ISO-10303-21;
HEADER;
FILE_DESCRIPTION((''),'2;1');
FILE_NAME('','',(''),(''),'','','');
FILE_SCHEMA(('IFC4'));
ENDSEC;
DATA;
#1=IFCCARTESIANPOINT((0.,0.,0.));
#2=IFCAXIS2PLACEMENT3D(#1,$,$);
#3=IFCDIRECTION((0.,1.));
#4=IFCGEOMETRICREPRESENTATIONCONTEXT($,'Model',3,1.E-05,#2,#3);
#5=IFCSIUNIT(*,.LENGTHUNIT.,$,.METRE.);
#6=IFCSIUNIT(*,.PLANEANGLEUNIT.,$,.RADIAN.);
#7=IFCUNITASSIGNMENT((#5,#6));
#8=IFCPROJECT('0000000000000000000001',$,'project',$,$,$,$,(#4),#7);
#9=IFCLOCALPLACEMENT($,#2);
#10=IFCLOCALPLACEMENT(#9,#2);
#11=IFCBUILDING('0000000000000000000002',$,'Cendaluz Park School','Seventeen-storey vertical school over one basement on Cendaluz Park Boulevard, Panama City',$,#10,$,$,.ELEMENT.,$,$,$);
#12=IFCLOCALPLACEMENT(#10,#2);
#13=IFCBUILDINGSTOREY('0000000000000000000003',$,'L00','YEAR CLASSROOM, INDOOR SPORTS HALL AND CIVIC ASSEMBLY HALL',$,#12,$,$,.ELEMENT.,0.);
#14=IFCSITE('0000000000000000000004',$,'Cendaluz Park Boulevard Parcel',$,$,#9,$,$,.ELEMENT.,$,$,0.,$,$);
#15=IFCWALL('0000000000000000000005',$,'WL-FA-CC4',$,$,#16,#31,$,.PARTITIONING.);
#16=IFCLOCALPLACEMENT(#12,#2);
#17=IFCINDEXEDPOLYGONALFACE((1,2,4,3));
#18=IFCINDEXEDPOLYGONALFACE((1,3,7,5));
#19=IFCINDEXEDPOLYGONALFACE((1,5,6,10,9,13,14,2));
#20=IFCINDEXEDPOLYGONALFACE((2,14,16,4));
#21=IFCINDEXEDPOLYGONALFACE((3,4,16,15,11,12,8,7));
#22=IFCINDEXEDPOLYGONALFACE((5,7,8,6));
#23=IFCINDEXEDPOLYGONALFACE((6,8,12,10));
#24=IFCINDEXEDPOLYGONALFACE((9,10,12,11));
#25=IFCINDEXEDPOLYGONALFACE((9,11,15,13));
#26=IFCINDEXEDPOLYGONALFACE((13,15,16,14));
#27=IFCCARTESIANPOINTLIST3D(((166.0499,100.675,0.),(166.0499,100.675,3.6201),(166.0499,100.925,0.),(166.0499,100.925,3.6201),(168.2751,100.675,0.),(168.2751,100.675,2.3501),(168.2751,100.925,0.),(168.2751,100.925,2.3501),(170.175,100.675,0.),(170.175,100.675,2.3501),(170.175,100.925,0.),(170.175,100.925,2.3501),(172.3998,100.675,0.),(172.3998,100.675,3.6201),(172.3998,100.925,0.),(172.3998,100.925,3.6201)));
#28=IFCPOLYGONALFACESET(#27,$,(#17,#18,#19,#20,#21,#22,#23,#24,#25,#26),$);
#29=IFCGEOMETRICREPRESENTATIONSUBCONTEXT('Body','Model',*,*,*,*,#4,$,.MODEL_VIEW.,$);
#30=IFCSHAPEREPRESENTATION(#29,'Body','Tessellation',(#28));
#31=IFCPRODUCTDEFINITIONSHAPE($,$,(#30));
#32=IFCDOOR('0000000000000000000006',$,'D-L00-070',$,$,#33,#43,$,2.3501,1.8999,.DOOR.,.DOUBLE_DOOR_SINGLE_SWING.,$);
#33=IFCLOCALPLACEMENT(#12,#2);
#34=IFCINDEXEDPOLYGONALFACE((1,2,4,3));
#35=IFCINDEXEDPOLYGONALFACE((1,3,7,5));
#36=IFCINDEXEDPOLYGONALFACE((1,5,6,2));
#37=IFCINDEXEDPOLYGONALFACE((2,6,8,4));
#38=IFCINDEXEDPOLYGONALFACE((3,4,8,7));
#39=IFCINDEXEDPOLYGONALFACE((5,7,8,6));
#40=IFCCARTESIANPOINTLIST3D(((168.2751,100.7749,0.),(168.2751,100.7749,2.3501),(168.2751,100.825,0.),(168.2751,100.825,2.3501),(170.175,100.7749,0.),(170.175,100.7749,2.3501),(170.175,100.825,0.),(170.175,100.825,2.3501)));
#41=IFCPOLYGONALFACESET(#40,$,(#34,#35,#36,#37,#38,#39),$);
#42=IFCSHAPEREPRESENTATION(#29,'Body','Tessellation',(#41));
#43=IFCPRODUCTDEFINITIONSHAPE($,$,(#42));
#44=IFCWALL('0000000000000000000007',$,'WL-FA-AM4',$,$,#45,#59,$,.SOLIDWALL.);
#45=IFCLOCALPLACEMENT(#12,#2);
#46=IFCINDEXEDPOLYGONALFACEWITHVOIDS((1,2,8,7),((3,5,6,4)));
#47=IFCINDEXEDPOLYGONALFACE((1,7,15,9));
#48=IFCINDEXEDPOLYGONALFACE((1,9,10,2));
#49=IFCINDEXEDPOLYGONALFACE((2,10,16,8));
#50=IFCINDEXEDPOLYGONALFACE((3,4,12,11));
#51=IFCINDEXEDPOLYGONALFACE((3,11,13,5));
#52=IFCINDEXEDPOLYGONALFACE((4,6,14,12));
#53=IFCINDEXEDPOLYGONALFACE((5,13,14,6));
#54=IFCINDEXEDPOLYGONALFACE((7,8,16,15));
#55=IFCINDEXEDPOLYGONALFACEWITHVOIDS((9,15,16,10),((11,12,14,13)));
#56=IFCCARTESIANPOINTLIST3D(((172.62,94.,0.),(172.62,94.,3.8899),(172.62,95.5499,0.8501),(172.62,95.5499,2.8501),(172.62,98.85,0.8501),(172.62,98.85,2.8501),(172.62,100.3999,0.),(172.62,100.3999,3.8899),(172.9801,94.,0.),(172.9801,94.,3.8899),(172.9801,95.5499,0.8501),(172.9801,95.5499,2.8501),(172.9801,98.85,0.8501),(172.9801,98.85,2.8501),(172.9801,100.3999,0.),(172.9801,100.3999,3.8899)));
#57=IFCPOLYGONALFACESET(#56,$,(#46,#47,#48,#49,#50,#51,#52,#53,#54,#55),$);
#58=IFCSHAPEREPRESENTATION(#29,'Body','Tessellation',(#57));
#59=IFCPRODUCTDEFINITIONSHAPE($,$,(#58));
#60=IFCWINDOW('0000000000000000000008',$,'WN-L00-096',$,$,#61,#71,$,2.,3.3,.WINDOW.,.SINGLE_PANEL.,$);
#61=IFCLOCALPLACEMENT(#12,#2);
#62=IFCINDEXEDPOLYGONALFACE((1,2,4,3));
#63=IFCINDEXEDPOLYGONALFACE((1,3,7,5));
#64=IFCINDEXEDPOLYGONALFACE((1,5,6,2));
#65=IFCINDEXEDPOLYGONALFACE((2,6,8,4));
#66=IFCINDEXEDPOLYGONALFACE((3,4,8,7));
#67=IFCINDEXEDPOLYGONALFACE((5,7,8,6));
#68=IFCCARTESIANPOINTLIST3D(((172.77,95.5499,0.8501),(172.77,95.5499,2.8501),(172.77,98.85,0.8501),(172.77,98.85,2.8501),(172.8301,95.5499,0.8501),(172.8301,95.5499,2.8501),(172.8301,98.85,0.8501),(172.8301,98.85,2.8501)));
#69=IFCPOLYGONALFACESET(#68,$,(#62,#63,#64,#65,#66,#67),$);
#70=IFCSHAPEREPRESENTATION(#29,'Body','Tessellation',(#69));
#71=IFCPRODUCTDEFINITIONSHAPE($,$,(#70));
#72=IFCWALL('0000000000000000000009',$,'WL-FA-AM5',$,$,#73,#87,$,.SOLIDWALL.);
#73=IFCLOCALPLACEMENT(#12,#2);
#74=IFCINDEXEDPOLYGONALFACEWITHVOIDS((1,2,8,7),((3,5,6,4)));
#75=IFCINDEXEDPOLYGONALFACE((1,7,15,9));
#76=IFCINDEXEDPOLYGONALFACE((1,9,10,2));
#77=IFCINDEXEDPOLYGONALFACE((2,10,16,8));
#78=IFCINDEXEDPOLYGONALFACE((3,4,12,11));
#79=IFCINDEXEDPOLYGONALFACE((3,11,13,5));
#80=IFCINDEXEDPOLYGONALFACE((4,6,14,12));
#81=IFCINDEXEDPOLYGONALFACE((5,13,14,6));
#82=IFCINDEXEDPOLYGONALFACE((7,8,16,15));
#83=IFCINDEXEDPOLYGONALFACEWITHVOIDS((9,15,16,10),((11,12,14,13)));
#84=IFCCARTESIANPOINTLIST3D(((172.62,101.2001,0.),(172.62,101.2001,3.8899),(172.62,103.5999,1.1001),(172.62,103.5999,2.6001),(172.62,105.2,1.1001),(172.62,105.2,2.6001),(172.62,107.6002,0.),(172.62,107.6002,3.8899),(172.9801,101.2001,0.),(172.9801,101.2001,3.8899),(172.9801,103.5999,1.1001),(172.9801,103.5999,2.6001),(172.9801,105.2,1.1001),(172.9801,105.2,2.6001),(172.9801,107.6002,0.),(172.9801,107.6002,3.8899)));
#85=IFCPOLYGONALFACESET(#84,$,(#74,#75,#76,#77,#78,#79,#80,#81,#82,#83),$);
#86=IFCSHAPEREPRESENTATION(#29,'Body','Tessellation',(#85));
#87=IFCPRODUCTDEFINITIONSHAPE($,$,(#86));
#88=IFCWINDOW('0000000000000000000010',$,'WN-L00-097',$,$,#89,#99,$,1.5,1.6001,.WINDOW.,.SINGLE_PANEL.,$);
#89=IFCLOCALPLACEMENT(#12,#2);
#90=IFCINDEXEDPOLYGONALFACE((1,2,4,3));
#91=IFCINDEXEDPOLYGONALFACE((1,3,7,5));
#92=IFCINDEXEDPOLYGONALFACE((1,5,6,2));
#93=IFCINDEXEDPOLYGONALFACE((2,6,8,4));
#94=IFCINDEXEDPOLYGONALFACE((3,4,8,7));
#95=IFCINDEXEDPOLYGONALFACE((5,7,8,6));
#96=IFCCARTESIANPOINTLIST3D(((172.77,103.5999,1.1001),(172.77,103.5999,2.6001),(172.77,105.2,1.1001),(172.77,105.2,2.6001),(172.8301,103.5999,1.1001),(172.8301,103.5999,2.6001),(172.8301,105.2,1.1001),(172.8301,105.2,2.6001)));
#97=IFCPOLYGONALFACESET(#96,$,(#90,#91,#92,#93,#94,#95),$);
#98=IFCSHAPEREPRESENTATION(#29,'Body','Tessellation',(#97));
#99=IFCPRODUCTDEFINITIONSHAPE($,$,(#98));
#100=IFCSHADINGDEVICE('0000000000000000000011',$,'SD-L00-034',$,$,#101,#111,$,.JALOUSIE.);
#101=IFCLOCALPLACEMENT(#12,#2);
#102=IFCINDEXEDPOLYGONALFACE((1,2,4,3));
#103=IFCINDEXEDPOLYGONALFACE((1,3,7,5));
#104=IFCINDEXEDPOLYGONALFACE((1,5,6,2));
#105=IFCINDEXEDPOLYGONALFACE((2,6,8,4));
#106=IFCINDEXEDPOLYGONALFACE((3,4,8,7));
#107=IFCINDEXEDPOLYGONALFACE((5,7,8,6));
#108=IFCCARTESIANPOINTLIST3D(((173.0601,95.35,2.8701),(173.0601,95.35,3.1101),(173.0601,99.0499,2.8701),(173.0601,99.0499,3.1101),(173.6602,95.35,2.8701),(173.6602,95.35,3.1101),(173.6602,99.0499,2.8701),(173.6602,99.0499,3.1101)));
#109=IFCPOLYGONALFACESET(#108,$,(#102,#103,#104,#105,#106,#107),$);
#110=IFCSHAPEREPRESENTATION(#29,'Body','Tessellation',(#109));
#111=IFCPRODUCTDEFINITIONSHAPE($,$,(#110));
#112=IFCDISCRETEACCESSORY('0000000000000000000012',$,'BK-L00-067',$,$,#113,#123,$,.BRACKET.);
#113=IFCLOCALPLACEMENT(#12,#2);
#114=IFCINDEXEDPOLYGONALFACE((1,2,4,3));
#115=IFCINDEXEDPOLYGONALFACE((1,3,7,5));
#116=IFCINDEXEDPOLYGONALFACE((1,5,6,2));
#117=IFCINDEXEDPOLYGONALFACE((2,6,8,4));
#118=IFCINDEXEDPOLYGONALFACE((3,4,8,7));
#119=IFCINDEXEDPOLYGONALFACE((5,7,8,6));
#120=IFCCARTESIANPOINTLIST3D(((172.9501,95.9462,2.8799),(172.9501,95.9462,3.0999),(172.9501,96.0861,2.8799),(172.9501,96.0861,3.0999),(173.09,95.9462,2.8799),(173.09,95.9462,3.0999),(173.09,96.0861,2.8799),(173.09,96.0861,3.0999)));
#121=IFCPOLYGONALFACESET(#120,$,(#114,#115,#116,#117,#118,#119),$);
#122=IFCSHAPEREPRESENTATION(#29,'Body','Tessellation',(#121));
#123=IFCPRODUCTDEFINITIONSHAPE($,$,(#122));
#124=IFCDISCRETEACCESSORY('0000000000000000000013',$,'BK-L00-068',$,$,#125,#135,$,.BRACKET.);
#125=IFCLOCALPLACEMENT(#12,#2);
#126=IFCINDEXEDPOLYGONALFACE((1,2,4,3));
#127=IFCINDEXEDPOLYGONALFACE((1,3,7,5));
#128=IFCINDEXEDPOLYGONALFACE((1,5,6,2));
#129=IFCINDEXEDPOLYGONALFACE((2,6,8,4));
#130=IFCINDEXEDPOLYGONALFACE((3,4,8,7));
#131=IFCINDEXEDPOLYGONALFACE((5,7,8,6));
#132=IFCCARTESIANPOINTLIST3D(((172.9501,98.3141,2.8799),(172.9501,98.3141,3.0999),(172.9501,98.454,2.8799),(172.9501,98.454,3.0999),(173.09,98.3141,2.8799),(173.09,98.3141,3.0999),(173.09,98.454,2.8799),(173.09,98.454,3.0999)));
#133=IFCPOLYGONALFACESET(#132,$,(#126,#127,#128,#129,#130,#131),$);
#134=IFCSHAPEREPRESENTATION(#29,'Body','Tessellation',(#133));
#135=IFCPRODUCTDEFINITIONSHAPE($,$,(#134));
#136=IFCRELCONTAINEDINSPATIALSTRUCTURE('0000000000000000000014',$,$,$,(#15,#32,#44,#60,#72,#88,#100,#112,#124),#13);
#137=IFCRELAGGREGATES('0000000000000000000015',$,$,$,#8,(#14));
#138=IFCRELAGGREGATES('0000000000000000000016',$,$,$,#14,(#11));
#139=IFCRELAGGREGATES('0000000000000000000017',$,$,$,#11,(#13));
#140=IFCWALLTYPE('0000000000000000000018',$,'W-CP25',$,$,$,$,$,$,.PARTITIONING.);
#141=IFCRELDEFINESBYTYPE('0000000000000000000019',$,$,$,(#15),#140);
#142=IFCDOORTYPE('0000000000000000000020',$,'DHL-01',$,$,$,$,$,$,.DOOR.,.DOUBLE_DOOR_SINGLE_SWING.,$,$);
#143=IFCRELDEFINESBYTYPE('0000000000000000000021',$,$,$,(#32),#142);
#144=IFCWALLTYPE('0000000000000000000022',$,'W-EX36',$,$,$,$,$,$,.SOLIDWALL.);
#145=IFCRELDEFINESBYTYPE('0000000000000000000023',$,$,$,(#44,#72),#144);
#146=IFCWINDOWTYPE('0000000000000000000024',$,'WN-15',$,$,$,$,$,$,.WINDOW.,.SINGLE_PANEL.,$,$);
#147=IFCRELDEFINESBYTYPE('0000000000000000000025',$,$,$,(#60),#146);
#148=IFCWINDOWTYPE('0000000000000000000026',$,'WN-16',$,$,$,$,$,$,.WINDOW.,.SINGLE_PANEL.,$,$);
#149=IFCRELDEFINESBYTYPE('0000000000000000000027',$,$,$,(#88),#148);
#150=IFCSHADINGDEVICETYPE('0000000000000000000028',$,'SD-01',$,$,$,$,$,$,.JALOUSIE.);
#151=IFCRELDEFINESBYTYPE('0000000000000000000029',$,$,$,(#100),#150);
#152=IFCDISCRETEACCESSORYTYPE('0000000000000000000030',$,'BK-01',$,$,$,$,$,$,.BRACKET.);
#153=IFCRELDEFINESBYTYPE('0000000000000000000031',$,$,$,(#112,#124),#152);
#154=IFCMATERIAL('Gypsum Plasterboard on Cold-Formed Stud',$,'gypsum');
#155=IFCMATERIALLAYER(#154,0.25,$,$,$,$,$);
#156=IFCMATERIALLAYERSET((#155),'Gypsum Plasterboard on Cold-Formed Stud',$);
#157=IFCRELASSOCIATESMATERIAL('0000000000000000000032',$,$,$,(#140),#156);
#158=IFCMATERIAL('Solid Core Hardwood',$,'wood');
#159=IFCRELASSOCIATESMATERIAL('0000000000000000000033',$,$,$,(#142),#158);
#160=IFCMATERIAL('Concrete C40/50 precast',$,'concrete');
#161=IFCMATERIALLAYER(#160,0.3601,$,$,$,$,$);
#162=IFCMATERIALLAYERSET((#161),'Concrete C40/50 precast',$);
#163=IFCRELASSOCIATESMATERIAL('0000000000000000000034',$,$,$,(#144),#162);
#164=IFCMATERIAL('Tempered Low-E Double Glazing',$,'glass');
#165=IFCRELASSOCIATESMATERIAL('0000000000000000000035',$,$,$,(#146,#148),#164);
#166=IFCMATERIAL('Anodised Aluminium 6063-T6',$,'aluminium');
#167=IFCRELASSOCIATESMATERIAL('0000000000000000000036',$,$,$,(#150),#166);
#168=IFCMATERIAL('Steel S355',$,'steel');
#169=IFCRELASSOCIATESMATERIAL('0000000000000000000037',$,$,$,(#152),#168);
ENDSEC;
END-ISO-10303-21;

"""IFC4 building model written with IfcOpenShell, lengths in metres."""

from ifc_helpers import new_model, si_unit, direction, frame, frame_2d, origin, origin_2d, place, context, subcontext, project, spatial, rectangle, extrude, material, layer, layer_set, type_object, element, fill, save


model = new_model("IFC4")

# Units and contexts
model_context = context("Model", 3, precision=1e-05, world=origin(), true_north=direction((0.0, 1.0)))
body_context = subcontext(model_context, "Body", "Model", "MODEL_VIEW")
ifc_project = project(units=[si_unit("LENGTHUNIT", "METRE"), si_unit("PLANEANGLEUNIT", "RADIAN")], contexts=[model_context])

# Site, building, storey
site_placement = place(None, origin())
site = spatial("IfcSite", under=ifc_project, at=site_placement, Name="Cendaluz Park Boulevard Parcel", CompositionType="ELEMENT", RefElevation=0.0)
building_placement = place(site_placement, origin())
building = spatial("IfcBuilding", under=site, at=building_placement, Name="Cendaluz Park School", Description="Seventeen-storey vertical school over one basement on Cendaluz Park Boulevard, Panama City", CompositionType="ELEMENT")
storey_placement = place(building_placement, origin())
storey = spatial("IfcBuildingStorey", under=building, at=storey_placement, Name="L00", Description="YEAR CLASSROOM, INDOOR SPORTS HALL AND CIVIC ASSEMBLY HALL", CompositionType="ELEMENT", Elevation=0.0)

# Shared definitions
ifc_material_1 = material(Name="Gypsum Plasterboard on Cold-Formed Stud", Category="gypsum")
ifc_layer_1 = layer(ifc_material_1, 0.25)
ifc_layer_set_1 = layer_set([ifc_layer_1], Name="Gypsum Plasterboard on Cold-Formed Stud")
wall_type_1 = type_object("IfcWallType", Name="W-CP25", PredefinedType="PARTITIONING", material=ifc_layer_set_1)

# Wall, opening, door
wall_1_placement = place(storey_placement, frame((166.05, 100.8, 0.0), z_axis=(0.0, 0.0, 1.0), x_axis=(1.0, 0.0, 0.0)))
wall_1 = element("IfcWall", 1, at=wall_1_placement, inside=storey, type_object=wall_type_1, Name="WL-FA-CC4", PredefinedType="PARTITIONING", context=body_context, shape_type="SweptSolid", body=[
    extrude(rectangle(XDim=6.3499, YDim=0.25, at=frame_2d((3.1748, 0.0))), origin(), (0.0, 0.0, 1.0), 3.6201),
])
opening_1_placement = place(wall_1_placement, frame((2.2251, 0.0, 0.0)))
opening_1 = element("IfcOpeningElement", 2, at=opening_1_placement, cuts=wall_1, PredefinedType="OPENING", context=body_context, shape_type="SweptSolid", body=[
    extrude(rectangle(XDim=1.8999, YDim=2.3501, at=frame_2d((0.95, 1.175))), frame((0.0, 0.137, 0.0), z_axis=(0.0, -1.0, 0.0), x_axis=(1.0, 0.0, 0.0)), (0.0, 0.0, 1.0), 0.2739),
])
ifc_material_2 = material(Name="Solid Core Hardwood", Category="wood")
door_type = type_object("IfcDoorType", Name="DHL-01", OperationType="DOUBLE_DOOR_SINGLE_SWING", PredefinedType="DOOR", material=ifc_material_2)
door_placement = place(opening_1_placement, origin())
door = element("IfcDoor", 3, at=door_placement, inside=storey, type_object=door_type, Name="D-L00-070", OperationType="DOUBLE_DOOR_SINGLE_SWING", OverallHeight=2.3501, OverallWidth=1.8999, PredefinedType="DOOR", context=body_context, shape_type="SweptSolid", body=[
    extrude(rectangle(XDim=1.8999, YDim=2.3501, at=frame_2d((0.95, 1.175))), frame((0.0, 0.0249, 0.0), z_axis=(0.0, -1.0, 0.0), x_axis=(1.0, 0.0, 0.0)), (0.0, 0.0, 1.0), 0.05),
])
fill(opening_1, door)

# Walls, openings, windows
ifc_material_3 = material(Name="Concrete C40/50 precast", Category="concrete")
ifc_layer_2 = layer(ifc_material_3, 0.3601)
ifc_layer_set_2 = layer_set([ifc_layer_2], Name="Concrete C40/50 precast")
wall_type_2 = type_object("IfcWallType", Name="W-EX36", PredefinedType="SOLIDWALL", material=ifc_layer_set_2)
wall_2_placement = place(storey_placement, frame((172.8, 94.0, 0.0), z_axis=(0.0, 0.0, 1.0), x_axis=(0.0, 1.0, 0.0)))
wall_2 = element("IfcWall", 4, at=wall_2_placement, inside=storey, type_object=wall_type_2, Name="WL-FA-AM4", PredefinedType="SOLIDWALL", context=body_context, shape_type="SweptSolid", body=[
    extrude(rectangle(XDim=6.3999, YDim=0.3601, at=frame_2d((3.2, 0.0))), origin(), (0.0, 0.0, 1.0), 3.8899),
])
opening_2_placement = place(wall_2_placement, frame((1.55, 0.0, 0.8501)))
opening_2 = element("IfcOpeningElement", 5, at=opening_2_placement, cuts=wall_2, PredefinedType="OPENING", context=body_context, shape_type="SweptSolid", body=[
    extrude(rectangle(XDim=3.3, YDim=2.0, at=frame_2d((1.6499, 1.0))), frame((0.0, 0.1921, 0.0), z_axis=(0.0, -1.0, 0.0), x_axis=(1.0, 0.0, 0.0)), (0.0, 0.0, 1.0), 0.384),
])
ifc_material_4 = material(Name="Tempered Low-E Double Glazing", Category="glass")
window_type_1 = type_object("IfcWindowType", Name="WN-15", PartitioningType="SINGLE_PANEL", PredefinedType="WINDOW", material=ifc_material_4)
window_1_placement = place(opening_2_placement, origin())
window_1 = element("IfcWindow", 6, at=window_1_placement, inside=storey, type_object=window_type_1, Name="WN-L00-096", OverallHeight=2.0, OverallWidth=3.3, PartitioningType="SINGLE_PANEL", PredefinedType="WINDOW", context=body_context, shape_type="SweptSolid", body=[
    extrude(rectangle(XDim=3.3, YDim=2.0, at=frame_2d((1.6499, 1.0))), frame((0.0, 0.03, 0.0), z_axis=(0.0, -1.0, 0.0), x_axis=(1.0, 0.0, 0.0)), (0.0, 0.0, 1.0), 0.0601),
])
fill(opening_2, window_1)
wall_3_placement = place(storey_placement, frame((172.8, 101.2, 0.0), z_axis=(0.0, 0.0, 1.0), x_axis=(0.0, 1.0, 0.0)))
wall_3 = element("IfcWall", 7, at=wall_3_placement, inside=storey, type_object=wall_type_2, Name="WL-FA-AM5", PredefinedType="SOLIDWALL", context=body_context, shape_type="SweptSolid", body=[
    extrude(rectangle(XDim=6.4001, YDim=0.3601, at=frame_2d((3.2002, 0.0))), origin(), (0.0, 0.0, 1.0), 3.8899),
])
opening_3_placement = place(wall_3_placement, frame((2.3999, 0.0, 1.1001)))
opening_3 = element("IfcOpeningElement", 8, at=opening_3_placement, cuts=wall_3, PredefinedType="OPENING", context=body_context, shape_type="SweptSolid", body=[
    extrude(rectangle(XDim=1.6001, YDim=1.5, at=frame_2d((0.8, 0.75))), frame((0.0, 0.1921, 0.0), z_axis=(0.0, -1.0, 0.0), x_axis=(1.0, 0.0, 0.0)), (0.0, 0.0, 1.0), 0.384),
])
window_type_2 = type_object("IfcWindowType", Name="WN-16", PartitioningType="SINGLE_PANEL", PredefinedType="WINDOW", material=ifc_material_4)
window_2_placement = place(opening_3_placement, origin())
window_2 = element("IfcWindow", 9, at=window_2_placement, inside=storey, type_object=window_type_2, Name="WN-L00-097", OverallHeight=1.5, OverallWidth=1.6001, PartitioningType="SINGLE_PANEL", PredefinedType="WINDOW", context=body_context, shape_type="SweptSolid", body=[
    extrude(rectangle(XDim=1.6001, YDim=1.5, at=frame_2d((0.8, 0.75))), frame((0.0, 0.03, 0.0), z_axis=(0.0, -1.0, 0.0), x_axis=(1.0, 0.0, 0.0)), (0.0, 0.0, 1.0), 0.0601),
])
fill(opening_3, window_2)

# Shading device
ifc_material_5 = material(Name="Anodised Aluminium 6063-T6", Category="aluminium")
shading_device_type = type_object("IfcShadingDeviceType", Name="SD-01", PredefinedType="JALOUSIE", material=ifc_material_5)
shading_device_placement = place(storey_placement, frame((173.3601, 97.2, 2.8701), z_axis=(0.0, 0.0, 1.0), x_axis=(0.0, 1.0, 0.0)))
element("IfcShadingDevice", 10, at=shading_device_placement, inside=storey, type_object=shading_device_type, Name="SD-L00-034", PredefinedType="JALOUSIE", context=body_context, shape_type="SweptSolid", body=[
    extrude(rectangle(XDim=3.7, YDim=0.6001, at=origin_2d()), origin(), (0.0, 0.0, 1.0), 0.24),
])

# Discrete accessories
ifc_material_6 = material(Name="Steel S355", Category="steel")
discrete_accessory_type = type_object("IfcDiscreteAccessoryType", Name="BK-01", PredefinedType="BRACKET", material=ifc_material_6)
for number, where, z_axis, x_axis, name in (
    (11, (173.02, 96.0161, 2.8799), (0.0, 0.0, 1.0), (0.0, 1.0, 0.0), "BK-L00-067"),
    (12, (173.02, 98.384, 2.8799), (0.0, 0.0, 1.0), (0.0, 1.0, 0.0), "BK-L00-068"),
):
    element("IfcDiscreteAccessory", number, at=place(storey_placement, frame(where, z_axis=z_axis, x_axis=x_axis)), inside=storey, type_object=discrete_accessory_type, Name=name, PredefinedType="BRACKET", context=body_context, shape_type="SweptSolid", body=[
        extrude(rectangle(XDim=0.1399, YDim=0.1399, at=origin_2d()), origin(), (0.0, 0.0, 1.0), 0.22),
    ])

save(model, "model.ifc")
